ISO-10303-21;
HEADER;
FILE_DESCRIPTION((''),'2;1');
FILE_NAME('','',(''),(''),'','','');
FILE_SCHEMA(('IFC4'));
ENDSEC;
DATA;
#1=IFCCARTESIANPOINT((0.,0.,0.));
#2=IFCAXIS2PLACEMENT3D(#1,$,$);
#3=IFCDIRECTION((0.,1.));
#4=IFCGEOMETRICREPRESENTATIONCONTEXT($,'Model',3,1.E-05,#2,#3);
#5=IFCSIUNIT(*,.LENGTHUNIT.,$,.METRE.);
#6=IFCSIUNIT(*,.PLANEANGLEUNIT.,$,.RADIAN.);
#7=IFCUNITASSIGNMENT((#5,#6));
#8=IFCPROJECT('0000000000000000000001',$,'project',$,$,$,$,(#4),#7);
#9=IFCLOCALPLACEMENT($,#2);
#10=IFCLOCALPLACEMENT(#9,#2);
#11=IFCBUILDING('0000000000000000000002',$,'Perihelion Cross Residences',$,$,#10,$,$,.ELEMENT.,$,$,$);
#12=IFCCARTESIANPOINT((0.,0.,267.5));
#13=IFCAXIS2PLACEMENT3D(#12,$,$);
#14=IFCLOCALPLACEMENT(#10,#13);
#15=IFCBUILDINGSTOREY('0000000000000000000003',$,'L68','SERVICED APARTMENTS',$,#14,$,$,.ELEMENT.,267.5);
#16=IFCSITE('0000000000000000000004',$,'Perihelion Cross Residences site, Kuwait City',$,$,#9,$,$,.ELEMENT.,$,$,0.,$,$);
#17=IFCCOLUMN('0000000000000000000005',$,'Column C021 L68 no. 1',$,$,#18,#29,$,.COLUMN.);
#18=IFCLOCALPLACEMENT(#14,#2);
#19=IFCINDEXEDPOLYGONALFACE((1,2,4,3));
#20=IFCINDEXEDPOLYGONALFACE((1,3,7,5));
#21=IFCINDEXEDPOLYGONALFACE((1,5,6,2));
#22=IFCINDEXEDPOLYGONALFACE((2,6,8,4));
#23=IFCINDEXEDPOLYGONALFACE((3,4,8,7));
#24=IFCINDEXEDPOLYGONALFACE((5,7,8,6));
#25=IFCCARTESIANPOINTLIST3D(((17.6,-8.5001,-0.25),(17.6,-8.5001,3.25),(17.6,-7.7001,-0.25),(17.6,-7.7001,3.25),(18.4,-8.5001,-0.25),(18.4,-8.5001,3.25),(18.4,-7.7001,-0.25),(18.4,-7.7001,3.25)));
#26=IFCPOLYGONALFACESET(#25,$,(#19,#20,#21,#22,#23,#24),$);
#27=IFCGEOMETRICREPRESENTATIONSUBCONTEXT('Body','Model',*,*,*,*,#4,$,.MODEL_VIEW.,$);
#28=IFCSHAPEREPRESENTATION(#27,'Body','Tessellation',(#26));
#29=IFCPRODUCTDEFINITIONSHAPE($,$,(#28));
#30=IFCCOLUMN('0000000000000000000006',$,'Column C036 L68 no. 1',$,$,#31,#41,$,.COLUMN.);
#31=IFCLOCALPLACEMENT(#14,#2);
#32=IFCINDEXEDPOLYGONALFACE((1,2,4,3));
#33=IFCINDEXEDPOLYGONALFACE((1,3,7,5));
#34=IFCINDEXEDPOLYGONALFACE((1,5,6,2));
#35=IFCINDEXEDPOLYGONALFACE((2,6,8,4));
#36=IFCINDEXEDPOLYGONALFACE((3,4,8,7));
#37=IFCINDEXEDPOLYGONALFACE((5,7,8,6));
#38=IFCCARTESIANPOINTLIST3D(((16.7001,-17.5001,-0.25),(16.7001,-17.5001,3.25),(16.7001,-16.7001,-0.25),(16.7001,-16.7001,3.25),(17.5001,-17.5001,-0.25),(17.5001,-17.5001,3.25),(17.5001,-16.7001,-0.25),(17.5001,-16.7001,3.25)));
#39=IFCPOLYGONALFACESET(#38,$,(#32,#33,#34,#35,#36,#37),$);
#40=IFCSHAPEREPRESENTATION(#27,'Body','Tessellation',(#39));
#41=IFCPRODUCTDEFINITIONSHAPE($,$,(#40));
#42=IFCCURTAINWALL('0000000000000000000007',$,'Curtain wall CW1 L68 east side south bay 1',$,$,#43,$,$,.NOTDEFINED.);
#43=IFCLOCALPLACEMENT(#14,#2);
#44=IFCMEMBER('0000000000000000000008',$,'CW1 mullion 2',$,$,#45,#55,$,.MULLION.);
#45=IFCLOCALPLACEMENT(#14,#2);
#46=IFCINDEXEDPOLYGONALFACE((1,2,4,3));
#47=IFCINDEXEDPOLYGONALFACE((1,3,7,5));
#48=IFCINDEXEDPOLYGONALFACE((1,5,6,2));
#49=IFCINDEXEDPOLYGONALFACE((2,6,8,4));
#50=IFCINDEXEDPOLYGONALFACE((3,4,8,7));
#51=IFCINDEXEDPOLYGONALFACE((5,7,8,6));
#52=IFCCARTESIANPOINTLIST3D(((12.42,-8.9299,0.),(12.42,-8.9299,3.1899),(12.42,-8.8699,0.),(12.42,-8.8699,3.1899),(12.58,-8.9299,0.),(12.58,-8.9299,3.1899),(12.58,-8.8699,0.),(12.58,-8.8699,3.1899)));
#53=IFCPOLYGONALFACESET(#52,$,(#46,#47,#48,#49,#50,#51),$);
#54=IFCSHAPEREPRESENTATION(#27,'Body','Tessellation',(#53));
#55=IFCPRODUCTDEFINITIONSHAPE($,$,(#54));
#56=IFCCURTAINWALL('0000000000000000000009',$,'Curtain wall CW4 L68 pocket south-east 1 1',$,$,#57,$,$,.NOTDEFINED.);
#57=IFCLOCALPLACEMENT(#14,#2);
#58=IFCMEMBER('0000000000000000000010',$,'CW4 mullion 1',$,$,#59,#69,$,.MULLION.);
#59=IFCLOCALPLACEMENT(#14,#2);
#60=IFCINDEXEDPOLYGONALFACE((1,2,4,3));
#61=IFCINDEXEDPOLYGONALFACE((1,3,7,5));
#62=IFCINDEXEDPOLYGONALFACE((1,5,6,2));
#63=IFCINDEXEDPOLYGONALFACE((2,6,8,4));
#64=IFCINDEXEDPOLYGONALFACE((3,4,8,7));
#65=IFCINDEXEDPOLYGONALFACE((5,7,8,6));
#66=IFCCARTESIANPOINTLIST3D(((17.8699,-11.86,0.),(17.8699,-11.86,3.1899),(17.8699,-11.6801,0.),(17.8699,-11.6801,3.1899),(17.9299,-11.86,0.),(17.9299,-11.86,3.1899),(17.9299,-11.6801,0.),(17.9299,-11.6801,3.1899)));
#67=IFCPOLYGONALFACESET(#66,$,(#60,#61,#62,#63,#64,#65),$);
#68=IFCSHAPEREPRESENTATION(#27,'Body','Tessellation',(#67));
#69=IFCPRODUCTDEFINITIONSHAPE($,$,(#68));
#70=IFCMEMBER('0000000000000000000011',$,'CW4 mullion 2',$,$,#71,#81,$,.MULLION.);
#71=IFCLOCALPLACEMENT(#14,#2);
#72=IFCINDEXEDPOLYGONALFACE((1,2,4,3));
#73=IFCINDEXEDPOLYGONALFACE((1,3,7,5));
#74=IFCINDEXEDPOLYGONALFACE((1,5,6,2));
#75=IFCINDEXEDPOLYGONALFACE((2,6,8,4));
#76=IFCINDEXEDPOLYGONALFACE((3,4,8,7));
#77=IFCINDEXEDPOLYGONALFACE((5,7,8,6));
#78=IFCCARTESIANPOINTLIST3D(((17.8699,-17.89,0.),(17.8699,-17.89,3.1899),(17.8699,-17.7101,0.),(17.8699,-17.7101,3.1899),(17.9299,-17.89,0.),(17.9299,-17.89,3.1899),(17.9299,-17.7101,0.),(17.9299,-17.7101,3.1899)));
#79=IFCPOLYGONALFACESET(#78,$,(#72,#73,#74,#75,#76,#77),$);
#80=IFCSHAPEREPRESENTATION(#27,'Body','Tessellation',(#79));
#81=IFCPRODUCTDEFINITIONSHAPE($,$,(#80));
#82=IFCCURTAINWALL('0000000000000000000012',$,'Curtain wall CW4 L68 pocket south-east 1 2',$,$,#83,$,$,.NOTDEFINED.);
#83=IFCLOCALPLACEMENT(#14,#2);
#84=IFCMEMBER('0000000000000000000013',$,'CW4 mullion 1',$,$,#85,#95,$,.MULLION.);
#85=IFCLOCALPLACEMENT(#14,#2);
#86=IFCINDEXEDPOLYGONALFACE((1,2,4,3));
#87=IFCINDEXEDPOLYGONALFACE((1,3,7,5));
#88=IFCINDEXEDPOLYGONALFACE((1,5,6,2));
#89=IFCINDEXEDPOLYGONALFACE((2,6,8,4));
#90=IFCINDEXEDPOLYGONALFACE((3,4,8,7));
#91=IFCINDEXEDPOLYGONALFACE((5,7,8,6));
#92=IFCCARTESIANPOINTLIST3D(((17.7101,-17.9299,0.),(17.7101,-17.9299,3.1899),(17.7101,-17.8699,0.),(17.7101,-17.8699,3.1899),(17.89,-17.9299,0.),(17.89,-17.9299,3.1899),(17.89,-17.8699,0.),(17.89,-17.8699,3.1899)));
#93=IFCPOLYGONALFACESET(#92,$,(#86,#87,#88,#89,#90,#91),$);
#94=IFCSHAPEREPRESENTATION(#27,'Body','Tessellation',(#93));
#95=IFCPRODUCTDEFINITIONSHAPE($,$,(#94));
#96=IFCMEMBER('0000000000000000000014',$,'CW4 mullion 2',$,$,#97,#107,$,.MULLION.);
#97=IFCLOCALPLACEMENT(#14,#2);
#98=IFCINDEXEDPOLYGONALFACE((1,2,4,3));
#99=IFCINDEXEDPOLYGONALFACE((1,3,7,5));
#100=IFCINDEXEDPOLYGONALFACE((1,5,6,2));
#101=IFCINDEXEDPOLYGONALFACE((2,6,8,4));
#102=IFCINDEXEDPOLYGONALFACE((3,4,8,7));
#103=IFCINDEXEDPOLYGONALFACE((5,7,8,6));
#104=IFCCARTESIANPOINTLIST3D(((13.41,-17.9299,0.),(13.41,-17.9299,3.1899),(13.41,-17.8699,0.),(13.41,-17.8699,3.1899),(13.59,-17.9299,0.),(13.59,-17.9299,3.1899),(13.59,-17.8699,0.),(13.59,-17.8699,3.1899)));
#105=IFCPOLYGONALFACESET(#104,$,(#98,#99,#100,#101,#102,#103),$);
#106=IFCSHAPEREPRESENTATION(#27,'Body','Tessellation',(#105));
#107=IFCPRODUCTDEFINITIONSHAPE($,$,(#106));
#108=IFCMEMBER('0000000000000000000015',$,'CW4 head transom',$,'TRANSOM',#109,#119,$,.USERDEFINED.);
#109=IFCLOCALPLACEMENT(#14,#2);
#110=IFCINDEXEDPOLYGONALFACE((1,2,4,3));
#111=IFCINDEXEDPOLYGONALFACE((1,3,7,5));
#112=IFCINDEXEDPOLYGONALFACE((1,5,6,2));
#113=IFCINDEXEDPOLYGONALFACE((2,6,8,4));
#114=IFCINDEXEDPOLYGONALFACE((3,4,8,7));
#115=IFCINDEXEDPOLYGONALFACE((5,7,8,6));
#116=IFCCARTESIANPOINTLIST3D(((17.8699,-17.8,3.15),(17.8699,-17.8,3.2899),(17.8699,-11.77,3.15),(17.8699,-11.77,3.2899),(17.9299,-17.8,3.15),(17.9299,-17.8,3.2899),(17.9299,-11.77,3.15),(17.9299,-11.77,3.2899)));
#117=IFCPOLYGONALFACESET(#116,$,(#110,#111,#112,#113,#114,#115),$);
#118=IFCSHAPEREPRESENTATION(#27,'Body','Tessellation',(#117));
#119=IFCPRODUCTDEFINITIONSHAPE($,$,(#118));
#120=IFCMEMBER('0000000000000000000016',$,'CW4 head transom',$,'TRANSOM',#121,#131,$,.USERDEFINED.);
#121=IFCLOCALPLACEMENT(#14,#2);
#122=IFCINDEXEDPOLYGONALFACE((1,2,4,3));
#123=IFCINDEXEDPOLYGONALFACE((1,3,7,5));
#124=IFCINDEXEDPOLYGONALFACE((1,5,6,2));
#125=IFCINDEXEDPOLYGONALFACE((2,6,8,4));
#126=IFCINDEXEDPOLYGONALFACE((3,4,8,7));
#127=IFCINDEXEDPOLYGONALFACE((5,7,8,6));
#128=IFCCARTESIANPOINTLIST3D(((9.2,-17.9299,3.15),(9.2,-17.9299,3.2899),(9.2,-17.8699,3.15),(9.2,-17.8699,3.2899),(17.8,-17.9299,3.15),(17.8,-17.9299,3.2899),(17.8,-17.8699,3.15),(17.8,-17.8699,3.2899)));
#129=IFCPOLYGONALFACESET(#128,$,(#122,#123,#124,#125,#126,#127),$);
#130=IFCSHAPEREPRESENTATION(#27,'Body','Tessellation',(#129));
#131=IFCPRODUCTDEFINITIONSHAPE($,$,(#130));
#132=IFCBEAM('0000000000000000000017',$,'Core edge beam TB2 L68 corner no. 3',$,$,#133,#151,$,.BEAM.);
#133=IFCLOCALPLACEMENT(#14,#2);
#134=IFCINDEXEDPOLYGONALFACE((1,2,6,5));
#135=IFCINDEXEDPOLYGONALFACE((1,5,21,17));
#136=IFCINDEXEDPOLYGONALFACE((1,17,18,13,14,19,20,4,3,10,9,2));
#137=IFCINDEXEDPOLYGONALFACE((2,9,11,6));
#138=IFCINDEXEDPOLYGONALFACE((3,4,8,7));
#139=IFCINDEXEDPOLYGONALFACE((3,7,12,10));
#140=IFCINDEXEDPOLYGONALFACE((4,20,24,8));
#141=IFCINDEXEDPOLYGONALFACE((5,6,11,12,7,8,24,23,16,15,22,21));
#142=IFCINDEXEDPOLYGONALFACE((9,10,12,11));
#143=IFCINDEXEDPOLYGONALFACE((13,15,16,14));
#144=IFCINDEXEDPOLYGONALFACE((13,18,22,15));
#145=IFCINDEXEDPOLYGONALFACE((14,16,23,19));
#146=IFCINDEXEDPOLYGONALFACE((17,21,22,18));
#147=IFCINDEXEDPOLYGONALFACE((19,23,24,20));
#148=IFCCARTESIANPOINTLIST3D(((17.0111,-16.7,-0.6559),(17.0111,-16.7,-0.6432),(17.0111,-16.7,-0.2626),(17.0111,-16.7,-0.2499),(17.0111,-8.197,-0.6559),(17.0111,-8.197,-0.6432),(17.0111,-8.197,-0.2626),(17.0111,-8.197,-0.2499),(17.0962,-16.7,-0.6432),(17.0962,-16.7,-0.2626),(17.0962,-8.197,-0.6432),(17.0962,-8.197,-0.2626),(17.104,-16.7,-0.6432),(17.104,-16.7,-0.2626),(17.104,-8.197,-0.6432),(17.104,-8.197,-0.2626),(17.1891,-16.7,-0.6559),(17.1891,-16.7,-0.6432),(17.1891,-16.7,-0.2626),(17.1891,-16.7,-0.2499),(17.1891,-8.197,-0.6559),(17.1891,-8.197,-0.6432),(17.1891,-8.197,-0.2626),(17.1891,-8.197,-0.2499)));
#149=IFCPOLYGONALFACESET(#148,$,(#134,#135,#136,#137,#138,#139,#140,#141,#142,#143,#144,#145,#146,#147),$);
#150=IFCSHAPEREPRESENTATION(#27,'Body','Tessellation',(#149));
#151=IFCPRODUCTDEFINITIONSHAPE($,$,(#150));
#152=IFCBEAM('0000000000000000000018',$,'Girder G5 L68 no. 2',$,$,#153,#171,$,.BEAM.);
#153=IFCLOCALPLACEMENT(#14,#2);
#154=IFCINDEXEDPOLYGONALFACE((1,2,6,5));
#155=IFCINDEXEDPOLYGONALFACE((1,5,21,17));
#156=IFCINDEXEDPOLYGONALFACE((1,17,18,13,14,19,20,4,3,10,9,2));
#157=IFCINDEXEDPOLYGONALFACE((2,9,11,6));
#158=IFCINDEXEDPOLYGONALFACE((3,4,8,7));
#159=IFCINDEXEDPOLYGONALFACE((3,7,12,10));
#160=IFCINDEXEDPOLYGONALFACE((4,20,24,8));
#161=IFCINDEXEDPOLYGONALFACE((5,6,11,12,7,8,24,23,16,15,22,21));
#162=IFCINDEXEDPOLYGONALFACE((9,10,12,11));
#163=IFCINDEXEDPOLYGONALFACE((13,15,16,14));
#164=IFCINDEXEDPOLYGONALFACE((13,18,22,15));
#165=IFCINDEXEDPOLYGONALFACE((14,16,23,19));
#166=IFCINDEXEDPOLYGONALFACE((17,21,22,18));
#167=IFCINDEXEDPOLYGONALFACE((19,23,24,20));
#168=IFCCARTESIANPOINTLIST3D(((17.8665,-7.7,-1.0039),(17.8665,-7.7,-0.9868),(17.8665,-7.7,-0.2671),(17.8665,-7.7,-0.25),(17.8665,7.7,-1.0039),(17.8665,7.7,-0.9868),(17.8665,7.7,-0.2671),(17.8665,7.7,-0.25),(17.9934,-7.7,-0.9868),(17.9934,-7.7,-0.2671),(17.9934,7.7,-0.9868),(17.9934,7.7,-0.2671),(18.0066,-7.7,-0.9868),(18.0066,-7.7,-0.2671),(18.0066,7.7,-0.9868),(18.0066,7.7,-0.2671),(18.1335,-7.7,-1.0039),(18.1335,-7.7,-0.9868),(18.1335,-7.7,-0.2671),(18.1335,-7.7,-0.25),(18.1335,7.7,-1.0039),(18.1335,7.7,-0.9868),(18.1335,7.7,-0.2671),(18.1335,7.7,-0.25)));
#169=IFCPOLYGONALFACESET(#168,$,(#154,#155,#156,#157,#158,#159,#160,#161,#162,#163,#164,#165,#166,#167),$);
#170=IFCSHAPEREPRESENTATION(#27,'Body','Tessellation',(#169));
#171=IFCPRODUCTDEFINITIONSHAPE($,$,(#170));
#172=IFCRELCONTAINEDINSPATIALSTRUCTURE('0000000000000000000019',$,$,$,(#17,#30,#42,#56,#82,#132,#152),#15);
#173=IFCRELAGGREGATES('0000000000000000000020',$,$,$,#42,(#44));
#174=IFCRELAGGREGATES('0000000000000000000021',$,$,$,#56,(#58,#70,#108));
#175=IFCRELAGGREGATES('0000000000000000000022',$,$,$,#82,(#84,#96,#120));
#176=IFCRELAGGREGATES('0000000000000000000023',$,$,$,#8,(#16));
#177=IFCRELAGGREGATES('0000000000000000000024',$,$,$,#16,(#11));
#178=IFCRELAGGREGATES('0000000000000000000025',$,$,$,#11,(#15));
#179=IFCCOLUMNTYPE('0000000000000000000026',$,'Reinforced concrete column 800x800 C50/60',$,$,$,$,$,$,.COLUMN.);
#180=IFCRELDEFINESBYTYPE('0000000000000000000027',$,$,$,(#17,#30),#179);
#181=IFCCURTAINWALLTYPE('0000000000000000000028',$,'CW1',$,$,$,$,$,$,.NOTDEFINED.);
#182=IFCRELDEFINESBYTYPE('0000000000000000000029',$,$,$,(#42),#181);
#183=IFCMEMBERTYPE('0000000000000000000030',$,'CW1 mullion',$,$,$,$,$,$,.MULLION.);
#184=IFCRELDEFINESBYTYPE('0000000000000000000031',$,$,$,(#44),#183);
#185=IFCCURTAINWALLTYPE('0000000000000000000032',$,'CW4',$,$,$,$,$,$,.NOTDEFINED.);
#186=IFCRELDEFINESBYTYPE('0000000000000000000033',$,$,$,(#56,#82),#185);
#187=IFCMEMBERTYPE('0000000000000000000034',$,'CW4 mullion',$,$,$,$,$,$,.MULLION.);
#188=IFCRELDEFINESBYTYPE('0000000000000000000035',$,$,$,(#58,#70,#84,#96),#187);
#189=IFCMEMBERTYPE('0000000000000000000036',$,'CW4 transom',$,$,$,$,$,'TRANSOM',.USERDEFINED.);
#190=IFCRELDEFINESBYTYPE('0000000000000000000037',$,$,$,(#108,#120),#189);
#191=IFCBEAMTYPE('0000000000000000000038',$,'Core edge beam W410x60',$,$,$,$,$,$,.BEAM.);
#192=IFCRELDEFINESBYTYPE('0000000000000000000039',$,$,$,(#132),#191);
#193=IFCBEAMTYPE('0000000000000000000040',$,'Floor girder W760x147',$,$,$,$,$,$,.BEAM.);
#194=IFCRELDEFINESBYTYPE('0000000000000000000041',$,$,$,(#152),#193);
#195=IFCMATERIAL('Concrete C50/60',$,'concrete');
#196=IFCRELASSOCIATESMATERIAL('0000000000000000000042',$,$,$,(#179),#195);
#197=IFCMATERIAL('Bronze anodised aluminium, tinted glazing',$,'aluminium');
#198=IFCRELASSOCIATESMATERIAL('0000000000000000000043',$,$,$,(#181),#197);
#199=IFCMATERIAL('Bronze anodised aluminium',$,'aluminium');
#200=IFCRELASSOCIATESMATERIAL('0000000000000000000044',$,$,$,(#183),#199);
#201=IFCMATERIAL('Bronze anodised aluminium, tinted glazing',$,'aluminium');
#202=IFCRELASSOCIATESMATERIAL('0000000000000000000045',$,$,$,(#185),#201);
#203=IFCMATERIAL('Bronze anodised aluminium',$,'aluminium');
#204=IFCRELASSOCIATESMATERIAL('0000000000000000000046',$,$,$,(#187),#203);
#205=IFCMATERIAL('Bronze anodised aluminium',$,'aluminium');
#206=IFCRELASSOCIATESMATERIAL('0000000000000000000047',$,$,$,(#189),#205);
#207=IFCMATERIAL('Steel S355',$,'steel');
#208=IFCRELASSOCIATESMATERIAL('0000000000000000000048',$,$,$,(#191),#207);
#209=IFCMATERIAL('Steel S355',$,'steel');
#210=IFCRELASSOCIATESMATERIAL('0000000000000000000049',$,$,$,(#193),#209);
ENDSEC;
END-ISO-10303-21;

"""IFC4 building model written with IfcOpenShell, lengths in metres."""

from ifc_helpers import new_model, si_unit, direction, frame, origin, origin_2d, place, context, subcontext, project, spatial, rectangle, i_section, extrude, material, material_profile, profile_set, type_object, element, aggregate, save


model = new_model("IFC4")

# Units and contexts
model_context = context("Model", 3, precision=1e-05, world=origin(), true_north=direction((0.0, 1.0)))
body_context = subcontext(model_context, "Body", "Model", "MODEL_VIEW")
ifc_project = project(units=[si_unit("LENGTHUNIT", "METRE"), si_unit("PLANEANGLEUNIT", "RADIAN")], contexts=[model_context])

# Site, building, storey
site_placement = place(None, origin())
site = spatial("IfcSite", under=ifc_project, at=site_placement, Name="Perihelion Cross Residences site, Kuwait City", CompositionType="ELEMENT", RefElevation=0.0)
building_placement = place(site_placement, origin())
building = spatial("IfcBuilding", under=site, at=building_placement, Name="Perihelion Cross Residences", CompositionType="ELEMENT")
storey_placement = place(building_placement, frame((0.0, 0.0, 267.5)))
storey = spatial("IfcBuildingStorey", under=building, at=storey_placement, Name="L68", Description="SERVICED APARTMENTS", CompositionType="ELEMENT", Elevation=267.5)

# Columns
ifc_material_1 = material(Name="Concrete C50/60", Category="concrete")
ifc_material_profile_1 = material_profile(ifc_material_1, rectangle(XDim=0.8, YDim=0.8, at=origin_2d()), Name="RC 800x800")
ifc_profile_set_1 = profile_set([ifc_material_profile_1], Name="Concrete C50/60")
column_type = type_object("IfcColumnType", Name="Reinforced concrete column 800x800 C50/60", PredefinedType="COLUMN", material=ifc_profile_set_1)
for number, where, z_axis, x_axis, name in (
    (1, (18.0, -8.1001, -0.25), (0.0, 0.0, 1.0), (1.0, 0.0, 0.0), "Column C021 L68 no. 1"),
    (2, (17.1001, -17.1001, -0.25), (0.0, 0.0, 1.0), (1.0, 0.0, 0.0), "Column C036 L68 no. 1"),
):
    element("IfcColumn", number, at=place(storey_placement, frame(where, z_axis=z_axis, x_axis=x_axis)), inside=storey, type_object=column_type, Name=name, PredefinedType="COLUMN", context=body_context, shape_type="SweptSolid", body=[
        extrude(rectangle(XDim=0.8, YDim=0.8, at=origin_2d()), origin(), (0.0, 0.0, 1.0), 3.5),
    ])

# Curtain wall, member
ifc_material_2 = material(Name="Bronze anodised aluminium, tinted glazing", Category="aluminium")
curtain_wall_type_1 = type_object("IfcCurtainWallType", Name="CW1", PredefinedType="NOTDEFINED", material=ifc_material_2)
curtain_wall_1_placement = place(storey_placement, origin())
curtain_wall_1 = element("IfcCurtainWall", 3, at=curtain_wall_1_placement, inside=storey, type_object=curtain_wall_type_1, Name="Curtain wall CW1 L68 east side south bay 1", PredefinedType="NOTDEFINED")
ifc_material_3 = material(Name="Bronze anodised aluminium", Category="aluminium")
ifc_material_profile_2 = material_profile(ifc_material_3, rectangle(XDim=0.0601, YDim=0.1599, at=origin_2d()), Name="CW1 mullion")
ifc_profile_set_2 = profile_set([ifc_material_profile_2], Name="Bronze anodised aluminium")
member_type_1 = type_object("IfcMemberType", Name="CW1 mullion", PredefinedType="MULLION", material=ifc_profile_set_2)
member_1_placement = place(storey_placement, frame((12.5, -8.8999, 0.0), z_axis=(0.0, 0.0, 1.0), x_axis=(0.0, 1.0, 0.0)))
member_1 = element("IfcMember", 4, at=member_1_placement, type_object=member_type_1, Name="CW1 mullion 2", PredefinedType="MULLION", context=body_context, shape_type="SweptSolid", body=[
    extrude(rectangle(XDim=0.0601, YDim=0.1599, at=origin_2d()), origin(), (0.0, 0.0, 1.0), 3.1899),
])

# Curtain walls, members
ifc_material_4 = material(Name="Bronze anodised aluminium, tinted glazing", Category="aluminium")
curtain_wall_type_2 = type_object("IfcCurtainWallType", Name="CW4", PredefinedType="NOTDEFINED", material=ifc_material_4)
curtain_wall_2_placement = place(storey_placement, origin())
curtain_wall_2 = element("IfcCurtainWall", 5, at=curtain_wall_2_placement, inside=storey, type_object=curtain_wall_type_2, Name="Curtain wall CW4 L68 pocket south-east 1 1", PredefinedType="NOTDEFINED")
ifc_material_5 = material(Name="Bronze anodised aluminium", Category="aluminium")
ifc_material_profile_3 = material_profile(ifc_material_5, rectangle(XDim=0.0601, YDim=0.1799, at=origin_2d()), Name="CW4 mullion")
ifc_profile_set_3 = profile_set([ifc_material_profile_3], Name="Bronze anodised aluminium")
member_type_2 = type_object("IfcMemberType", Name="CW4 mullion", PredefinedType="MULLION", material=ifc_profile_set_3)
member_2_placement = place(storey_placement, frame((17.8999, -11.77, 0.0), z_axis=(0.0, 0.0, 1.0), x_axis=(1.0, 0.0, 0.0)))
member_2 = element("IfcMember", 6, at=member_2_placement, type_object=member_type_2, Name="CW4 mullion 1", PredefinedType="MULLION", context=body_context, shape_type="SweptSolid", body=[
    extrude(rectangle(XDim=0.0601, YDim=0.1799, at=origin_2d()), origin(), (0.0, 0.0, 1.0), 3.1899),
])
member_3_placement = place(storey_placement, frame((17.8999, -17.8, 0.0), z_axis=(0.0, 0.0, 1.0), x_axis=(1.0, 0.0, 0.0)))
member_3 = element("IfcMember", 7, at=member_3_placement, type_object=member_type_2, Name="CW4 mullion 2", PredefinedType="MULLION", context=body_context, shape_type="SweptSolid", body=[
    extrude(rectangle(XDim=0.0601, YDim=0.1799, at=origin_2d()), origin(), (0.0, 0.0, 1.0), 3.1899),
])
curtain_wall_3_placement = place(storey_placement, origin())
curtain_wall_3 = element("IfcCurtainWall", 8, at=curtain_wall_3_placement, inside=storey, type_object=curtain_wall_type_2, Name="Curtain wall CW4 L68 pocket south-east 1 2", PredefinedType="NOTDEFINED")
member_4_placement = place(storey_placement, frame((17.8, -17.8999, 0.0), z_axis=(0.0, 0.0, 1.0), x_axis=(0.0, -1.0, 0.0)))
member_4 = element("IfcMember", 9, at=member_4_placement, type_object=member_type_2, Name="CW4 mullion 1", PredefinedType="MULLION", context=body_context, shape_type="SweptSolid", body=[
    extrude(rectangle(XDim=0.0601, YDim=0.1799, at=origin_2d()), origin(), (0.0, 0.0, 1.0), 3.1899),
])
member_5_placement = place(storey_placement, frame((13.5, -17.8999, 0.0), z_axis=(0.0, 0.0, 1.0), x_axis=(0.0, -1.0, 0.0)))
member_5 = element("IfcMember", 10, at=member_5_placement, type_object=member_type_2, Name="CW4 mullion 2", PredefinedType="MULLION", context=body_context, shape_type="SweptSolid", body=[
    extrude(rectangle(XDim=0.0601, YDim=0.1799, at=origin_2d()), origin(), (0.0, 0.0, 1.0), 3.1899),
])

# Members
ifc_material_6 = material(Name="Bronze anodised aluminium", Category="aluminium")
ifc_material_profile_4 = material_profile(ifc_material_6, rectangle(XDim=0.0601, YDim=0.1399, at=origin_2d()), Name="CW4 transom")
ifc_profile_set_4 = profile_set([ifc_material_profile_4], Name="Bronze anodised aluminium")
member_type_3 = type_object("IfcMemberType", Name="CW4 transom", ElementType="TRANSOM", PredefinedType="USERDEFINED", material=ifc_profile_set_4)
member_6_placement = place(storey_placement, frame((17.8999, -11.77, 3.22), z_axis=(0.0, -1.0, 0.0), x_axis=(1.0, 0.0, 0.0)))
member_6 = element("IfcMember", 11, at=member_6_placement, type_object=member_type_3, Name="CW4 head transom", ObjectType="TRANSOM", PredefinedType="USERDEFINED", context=body_context, shape_type="SweptSolid", body=[
    extrude(rectangle(XDim=0.0601, YDim=0.1399, at=origin_2d()), origin(), (0.0, 0.0, 1.0), 6.03),
])
member_7_placement = place(storey_placement, frame((17.8, -17.8999, 3.22), z_axis=(-1.0, 0.0, 0.0), x_axis=(0.0, -1.0, 0.0)))
member_7 = element("IfcMember", 12, at=member_7_placement, type_object=member_type_3, Name="CW4 head transom", ObjectType="TRANSOM", PredefinedType="USERDEFINED", context=body_context, shape_type="SweptSolid", body=[
    extrude(rectangle(XDim=0.0601, YDim=0.1399, at=origin_2d()), origin(), (0.0, 0.0, 1.0), 8.6001),
])

# Beams
ifc_material_7 = material(Name="Steel S355", Category="steel")
ifc_material_profile_5 = material_profile(ifc_material_7, i_section(OverallWidth=0.178, OverallDepth=0.406, WebThickness=0.0078, FlangeThickness=0.0127, at=origin_2d()), Name="W410x60")
ifc_profile_set_5 = profile_set([ifc_material_profile_5], Name="Steel S355")
beam_type_1 = type_object("IfcBeamType", Name="Core edge beam W410x60", PredefinedType="BEAM", material=ifc_profile_set_5)
beam_1_placement = place(storey_placement, frame((17.1001, -8.197, -0.4529), z_axis=(0.0, -1.0, 0.0), x_axis=(1.0, 0.0, 0.0)))
element("IfcBeam", 13, at=beam_1_placement, inside=storey, type_object=beam_type_1, Name="Core edge beam TB2 L68 corner no. 3", PredefinedType="BEAM", context=body_context, shape_type="SweptSolid", body=[
    extrude(i_section(OverallWidth=0.178, OverallDepth=0.406, WebThickness=0.0078, FlangeThickness=0.0127, at=origin_2d()), origin(), (0.0, 0.0, 1.0), 8.5029),
])
ifc_material_8 = material(Name="Steel S355", Category="steel")
ifc_material_profile_6 = material_profile(ifc_material_8, i_section(OverallWidth=0.2671, OverallDepth=0.7539, WebThickness=0.0132, FlangeThickness=0.0171, at=origin_2d()), Name="W760x147")
ifc_profile_set_6 = profile_set([ifc_material_profile_6], Name="Steel S355")
beam_type_2 = type_object("IfcBeamType", Name="Floor girder W760x147", PredefinedType="BEAM", material=ifc_profile_set_6)
beam_2_placement = place(storey_placement, frame((18.0, -7.7, -0.627), z_axis=(0.0, 1.0, 0.0), x_axis=(-1.0, 0.0, 0.0)))
element("IfcBeam", 14, at=beam_2_placement, inside=storey, type_object=beam_type_2, Name="Girder G5 L68 no. 2", PredefinedType="BEAM", context=body_context, shape_type="SweptSolid", body=[
    extrude(i_section(OverallWidth=0.2671, OverallDepth=0.7539, WebThickness=0.0132, FlangeThickness=0.0171, at=origin_2d()), origin(), (0.0, 0.0, 1.0), 15.3999),
])

aggregate(curtain_wall_1, [member_1])
aggregate(curtain_wall_2, [member_2, member_3, member_6])
aggregate(curtain_wall_3, [member_4, member_5, member_7])

save(model, "model.ifc")
